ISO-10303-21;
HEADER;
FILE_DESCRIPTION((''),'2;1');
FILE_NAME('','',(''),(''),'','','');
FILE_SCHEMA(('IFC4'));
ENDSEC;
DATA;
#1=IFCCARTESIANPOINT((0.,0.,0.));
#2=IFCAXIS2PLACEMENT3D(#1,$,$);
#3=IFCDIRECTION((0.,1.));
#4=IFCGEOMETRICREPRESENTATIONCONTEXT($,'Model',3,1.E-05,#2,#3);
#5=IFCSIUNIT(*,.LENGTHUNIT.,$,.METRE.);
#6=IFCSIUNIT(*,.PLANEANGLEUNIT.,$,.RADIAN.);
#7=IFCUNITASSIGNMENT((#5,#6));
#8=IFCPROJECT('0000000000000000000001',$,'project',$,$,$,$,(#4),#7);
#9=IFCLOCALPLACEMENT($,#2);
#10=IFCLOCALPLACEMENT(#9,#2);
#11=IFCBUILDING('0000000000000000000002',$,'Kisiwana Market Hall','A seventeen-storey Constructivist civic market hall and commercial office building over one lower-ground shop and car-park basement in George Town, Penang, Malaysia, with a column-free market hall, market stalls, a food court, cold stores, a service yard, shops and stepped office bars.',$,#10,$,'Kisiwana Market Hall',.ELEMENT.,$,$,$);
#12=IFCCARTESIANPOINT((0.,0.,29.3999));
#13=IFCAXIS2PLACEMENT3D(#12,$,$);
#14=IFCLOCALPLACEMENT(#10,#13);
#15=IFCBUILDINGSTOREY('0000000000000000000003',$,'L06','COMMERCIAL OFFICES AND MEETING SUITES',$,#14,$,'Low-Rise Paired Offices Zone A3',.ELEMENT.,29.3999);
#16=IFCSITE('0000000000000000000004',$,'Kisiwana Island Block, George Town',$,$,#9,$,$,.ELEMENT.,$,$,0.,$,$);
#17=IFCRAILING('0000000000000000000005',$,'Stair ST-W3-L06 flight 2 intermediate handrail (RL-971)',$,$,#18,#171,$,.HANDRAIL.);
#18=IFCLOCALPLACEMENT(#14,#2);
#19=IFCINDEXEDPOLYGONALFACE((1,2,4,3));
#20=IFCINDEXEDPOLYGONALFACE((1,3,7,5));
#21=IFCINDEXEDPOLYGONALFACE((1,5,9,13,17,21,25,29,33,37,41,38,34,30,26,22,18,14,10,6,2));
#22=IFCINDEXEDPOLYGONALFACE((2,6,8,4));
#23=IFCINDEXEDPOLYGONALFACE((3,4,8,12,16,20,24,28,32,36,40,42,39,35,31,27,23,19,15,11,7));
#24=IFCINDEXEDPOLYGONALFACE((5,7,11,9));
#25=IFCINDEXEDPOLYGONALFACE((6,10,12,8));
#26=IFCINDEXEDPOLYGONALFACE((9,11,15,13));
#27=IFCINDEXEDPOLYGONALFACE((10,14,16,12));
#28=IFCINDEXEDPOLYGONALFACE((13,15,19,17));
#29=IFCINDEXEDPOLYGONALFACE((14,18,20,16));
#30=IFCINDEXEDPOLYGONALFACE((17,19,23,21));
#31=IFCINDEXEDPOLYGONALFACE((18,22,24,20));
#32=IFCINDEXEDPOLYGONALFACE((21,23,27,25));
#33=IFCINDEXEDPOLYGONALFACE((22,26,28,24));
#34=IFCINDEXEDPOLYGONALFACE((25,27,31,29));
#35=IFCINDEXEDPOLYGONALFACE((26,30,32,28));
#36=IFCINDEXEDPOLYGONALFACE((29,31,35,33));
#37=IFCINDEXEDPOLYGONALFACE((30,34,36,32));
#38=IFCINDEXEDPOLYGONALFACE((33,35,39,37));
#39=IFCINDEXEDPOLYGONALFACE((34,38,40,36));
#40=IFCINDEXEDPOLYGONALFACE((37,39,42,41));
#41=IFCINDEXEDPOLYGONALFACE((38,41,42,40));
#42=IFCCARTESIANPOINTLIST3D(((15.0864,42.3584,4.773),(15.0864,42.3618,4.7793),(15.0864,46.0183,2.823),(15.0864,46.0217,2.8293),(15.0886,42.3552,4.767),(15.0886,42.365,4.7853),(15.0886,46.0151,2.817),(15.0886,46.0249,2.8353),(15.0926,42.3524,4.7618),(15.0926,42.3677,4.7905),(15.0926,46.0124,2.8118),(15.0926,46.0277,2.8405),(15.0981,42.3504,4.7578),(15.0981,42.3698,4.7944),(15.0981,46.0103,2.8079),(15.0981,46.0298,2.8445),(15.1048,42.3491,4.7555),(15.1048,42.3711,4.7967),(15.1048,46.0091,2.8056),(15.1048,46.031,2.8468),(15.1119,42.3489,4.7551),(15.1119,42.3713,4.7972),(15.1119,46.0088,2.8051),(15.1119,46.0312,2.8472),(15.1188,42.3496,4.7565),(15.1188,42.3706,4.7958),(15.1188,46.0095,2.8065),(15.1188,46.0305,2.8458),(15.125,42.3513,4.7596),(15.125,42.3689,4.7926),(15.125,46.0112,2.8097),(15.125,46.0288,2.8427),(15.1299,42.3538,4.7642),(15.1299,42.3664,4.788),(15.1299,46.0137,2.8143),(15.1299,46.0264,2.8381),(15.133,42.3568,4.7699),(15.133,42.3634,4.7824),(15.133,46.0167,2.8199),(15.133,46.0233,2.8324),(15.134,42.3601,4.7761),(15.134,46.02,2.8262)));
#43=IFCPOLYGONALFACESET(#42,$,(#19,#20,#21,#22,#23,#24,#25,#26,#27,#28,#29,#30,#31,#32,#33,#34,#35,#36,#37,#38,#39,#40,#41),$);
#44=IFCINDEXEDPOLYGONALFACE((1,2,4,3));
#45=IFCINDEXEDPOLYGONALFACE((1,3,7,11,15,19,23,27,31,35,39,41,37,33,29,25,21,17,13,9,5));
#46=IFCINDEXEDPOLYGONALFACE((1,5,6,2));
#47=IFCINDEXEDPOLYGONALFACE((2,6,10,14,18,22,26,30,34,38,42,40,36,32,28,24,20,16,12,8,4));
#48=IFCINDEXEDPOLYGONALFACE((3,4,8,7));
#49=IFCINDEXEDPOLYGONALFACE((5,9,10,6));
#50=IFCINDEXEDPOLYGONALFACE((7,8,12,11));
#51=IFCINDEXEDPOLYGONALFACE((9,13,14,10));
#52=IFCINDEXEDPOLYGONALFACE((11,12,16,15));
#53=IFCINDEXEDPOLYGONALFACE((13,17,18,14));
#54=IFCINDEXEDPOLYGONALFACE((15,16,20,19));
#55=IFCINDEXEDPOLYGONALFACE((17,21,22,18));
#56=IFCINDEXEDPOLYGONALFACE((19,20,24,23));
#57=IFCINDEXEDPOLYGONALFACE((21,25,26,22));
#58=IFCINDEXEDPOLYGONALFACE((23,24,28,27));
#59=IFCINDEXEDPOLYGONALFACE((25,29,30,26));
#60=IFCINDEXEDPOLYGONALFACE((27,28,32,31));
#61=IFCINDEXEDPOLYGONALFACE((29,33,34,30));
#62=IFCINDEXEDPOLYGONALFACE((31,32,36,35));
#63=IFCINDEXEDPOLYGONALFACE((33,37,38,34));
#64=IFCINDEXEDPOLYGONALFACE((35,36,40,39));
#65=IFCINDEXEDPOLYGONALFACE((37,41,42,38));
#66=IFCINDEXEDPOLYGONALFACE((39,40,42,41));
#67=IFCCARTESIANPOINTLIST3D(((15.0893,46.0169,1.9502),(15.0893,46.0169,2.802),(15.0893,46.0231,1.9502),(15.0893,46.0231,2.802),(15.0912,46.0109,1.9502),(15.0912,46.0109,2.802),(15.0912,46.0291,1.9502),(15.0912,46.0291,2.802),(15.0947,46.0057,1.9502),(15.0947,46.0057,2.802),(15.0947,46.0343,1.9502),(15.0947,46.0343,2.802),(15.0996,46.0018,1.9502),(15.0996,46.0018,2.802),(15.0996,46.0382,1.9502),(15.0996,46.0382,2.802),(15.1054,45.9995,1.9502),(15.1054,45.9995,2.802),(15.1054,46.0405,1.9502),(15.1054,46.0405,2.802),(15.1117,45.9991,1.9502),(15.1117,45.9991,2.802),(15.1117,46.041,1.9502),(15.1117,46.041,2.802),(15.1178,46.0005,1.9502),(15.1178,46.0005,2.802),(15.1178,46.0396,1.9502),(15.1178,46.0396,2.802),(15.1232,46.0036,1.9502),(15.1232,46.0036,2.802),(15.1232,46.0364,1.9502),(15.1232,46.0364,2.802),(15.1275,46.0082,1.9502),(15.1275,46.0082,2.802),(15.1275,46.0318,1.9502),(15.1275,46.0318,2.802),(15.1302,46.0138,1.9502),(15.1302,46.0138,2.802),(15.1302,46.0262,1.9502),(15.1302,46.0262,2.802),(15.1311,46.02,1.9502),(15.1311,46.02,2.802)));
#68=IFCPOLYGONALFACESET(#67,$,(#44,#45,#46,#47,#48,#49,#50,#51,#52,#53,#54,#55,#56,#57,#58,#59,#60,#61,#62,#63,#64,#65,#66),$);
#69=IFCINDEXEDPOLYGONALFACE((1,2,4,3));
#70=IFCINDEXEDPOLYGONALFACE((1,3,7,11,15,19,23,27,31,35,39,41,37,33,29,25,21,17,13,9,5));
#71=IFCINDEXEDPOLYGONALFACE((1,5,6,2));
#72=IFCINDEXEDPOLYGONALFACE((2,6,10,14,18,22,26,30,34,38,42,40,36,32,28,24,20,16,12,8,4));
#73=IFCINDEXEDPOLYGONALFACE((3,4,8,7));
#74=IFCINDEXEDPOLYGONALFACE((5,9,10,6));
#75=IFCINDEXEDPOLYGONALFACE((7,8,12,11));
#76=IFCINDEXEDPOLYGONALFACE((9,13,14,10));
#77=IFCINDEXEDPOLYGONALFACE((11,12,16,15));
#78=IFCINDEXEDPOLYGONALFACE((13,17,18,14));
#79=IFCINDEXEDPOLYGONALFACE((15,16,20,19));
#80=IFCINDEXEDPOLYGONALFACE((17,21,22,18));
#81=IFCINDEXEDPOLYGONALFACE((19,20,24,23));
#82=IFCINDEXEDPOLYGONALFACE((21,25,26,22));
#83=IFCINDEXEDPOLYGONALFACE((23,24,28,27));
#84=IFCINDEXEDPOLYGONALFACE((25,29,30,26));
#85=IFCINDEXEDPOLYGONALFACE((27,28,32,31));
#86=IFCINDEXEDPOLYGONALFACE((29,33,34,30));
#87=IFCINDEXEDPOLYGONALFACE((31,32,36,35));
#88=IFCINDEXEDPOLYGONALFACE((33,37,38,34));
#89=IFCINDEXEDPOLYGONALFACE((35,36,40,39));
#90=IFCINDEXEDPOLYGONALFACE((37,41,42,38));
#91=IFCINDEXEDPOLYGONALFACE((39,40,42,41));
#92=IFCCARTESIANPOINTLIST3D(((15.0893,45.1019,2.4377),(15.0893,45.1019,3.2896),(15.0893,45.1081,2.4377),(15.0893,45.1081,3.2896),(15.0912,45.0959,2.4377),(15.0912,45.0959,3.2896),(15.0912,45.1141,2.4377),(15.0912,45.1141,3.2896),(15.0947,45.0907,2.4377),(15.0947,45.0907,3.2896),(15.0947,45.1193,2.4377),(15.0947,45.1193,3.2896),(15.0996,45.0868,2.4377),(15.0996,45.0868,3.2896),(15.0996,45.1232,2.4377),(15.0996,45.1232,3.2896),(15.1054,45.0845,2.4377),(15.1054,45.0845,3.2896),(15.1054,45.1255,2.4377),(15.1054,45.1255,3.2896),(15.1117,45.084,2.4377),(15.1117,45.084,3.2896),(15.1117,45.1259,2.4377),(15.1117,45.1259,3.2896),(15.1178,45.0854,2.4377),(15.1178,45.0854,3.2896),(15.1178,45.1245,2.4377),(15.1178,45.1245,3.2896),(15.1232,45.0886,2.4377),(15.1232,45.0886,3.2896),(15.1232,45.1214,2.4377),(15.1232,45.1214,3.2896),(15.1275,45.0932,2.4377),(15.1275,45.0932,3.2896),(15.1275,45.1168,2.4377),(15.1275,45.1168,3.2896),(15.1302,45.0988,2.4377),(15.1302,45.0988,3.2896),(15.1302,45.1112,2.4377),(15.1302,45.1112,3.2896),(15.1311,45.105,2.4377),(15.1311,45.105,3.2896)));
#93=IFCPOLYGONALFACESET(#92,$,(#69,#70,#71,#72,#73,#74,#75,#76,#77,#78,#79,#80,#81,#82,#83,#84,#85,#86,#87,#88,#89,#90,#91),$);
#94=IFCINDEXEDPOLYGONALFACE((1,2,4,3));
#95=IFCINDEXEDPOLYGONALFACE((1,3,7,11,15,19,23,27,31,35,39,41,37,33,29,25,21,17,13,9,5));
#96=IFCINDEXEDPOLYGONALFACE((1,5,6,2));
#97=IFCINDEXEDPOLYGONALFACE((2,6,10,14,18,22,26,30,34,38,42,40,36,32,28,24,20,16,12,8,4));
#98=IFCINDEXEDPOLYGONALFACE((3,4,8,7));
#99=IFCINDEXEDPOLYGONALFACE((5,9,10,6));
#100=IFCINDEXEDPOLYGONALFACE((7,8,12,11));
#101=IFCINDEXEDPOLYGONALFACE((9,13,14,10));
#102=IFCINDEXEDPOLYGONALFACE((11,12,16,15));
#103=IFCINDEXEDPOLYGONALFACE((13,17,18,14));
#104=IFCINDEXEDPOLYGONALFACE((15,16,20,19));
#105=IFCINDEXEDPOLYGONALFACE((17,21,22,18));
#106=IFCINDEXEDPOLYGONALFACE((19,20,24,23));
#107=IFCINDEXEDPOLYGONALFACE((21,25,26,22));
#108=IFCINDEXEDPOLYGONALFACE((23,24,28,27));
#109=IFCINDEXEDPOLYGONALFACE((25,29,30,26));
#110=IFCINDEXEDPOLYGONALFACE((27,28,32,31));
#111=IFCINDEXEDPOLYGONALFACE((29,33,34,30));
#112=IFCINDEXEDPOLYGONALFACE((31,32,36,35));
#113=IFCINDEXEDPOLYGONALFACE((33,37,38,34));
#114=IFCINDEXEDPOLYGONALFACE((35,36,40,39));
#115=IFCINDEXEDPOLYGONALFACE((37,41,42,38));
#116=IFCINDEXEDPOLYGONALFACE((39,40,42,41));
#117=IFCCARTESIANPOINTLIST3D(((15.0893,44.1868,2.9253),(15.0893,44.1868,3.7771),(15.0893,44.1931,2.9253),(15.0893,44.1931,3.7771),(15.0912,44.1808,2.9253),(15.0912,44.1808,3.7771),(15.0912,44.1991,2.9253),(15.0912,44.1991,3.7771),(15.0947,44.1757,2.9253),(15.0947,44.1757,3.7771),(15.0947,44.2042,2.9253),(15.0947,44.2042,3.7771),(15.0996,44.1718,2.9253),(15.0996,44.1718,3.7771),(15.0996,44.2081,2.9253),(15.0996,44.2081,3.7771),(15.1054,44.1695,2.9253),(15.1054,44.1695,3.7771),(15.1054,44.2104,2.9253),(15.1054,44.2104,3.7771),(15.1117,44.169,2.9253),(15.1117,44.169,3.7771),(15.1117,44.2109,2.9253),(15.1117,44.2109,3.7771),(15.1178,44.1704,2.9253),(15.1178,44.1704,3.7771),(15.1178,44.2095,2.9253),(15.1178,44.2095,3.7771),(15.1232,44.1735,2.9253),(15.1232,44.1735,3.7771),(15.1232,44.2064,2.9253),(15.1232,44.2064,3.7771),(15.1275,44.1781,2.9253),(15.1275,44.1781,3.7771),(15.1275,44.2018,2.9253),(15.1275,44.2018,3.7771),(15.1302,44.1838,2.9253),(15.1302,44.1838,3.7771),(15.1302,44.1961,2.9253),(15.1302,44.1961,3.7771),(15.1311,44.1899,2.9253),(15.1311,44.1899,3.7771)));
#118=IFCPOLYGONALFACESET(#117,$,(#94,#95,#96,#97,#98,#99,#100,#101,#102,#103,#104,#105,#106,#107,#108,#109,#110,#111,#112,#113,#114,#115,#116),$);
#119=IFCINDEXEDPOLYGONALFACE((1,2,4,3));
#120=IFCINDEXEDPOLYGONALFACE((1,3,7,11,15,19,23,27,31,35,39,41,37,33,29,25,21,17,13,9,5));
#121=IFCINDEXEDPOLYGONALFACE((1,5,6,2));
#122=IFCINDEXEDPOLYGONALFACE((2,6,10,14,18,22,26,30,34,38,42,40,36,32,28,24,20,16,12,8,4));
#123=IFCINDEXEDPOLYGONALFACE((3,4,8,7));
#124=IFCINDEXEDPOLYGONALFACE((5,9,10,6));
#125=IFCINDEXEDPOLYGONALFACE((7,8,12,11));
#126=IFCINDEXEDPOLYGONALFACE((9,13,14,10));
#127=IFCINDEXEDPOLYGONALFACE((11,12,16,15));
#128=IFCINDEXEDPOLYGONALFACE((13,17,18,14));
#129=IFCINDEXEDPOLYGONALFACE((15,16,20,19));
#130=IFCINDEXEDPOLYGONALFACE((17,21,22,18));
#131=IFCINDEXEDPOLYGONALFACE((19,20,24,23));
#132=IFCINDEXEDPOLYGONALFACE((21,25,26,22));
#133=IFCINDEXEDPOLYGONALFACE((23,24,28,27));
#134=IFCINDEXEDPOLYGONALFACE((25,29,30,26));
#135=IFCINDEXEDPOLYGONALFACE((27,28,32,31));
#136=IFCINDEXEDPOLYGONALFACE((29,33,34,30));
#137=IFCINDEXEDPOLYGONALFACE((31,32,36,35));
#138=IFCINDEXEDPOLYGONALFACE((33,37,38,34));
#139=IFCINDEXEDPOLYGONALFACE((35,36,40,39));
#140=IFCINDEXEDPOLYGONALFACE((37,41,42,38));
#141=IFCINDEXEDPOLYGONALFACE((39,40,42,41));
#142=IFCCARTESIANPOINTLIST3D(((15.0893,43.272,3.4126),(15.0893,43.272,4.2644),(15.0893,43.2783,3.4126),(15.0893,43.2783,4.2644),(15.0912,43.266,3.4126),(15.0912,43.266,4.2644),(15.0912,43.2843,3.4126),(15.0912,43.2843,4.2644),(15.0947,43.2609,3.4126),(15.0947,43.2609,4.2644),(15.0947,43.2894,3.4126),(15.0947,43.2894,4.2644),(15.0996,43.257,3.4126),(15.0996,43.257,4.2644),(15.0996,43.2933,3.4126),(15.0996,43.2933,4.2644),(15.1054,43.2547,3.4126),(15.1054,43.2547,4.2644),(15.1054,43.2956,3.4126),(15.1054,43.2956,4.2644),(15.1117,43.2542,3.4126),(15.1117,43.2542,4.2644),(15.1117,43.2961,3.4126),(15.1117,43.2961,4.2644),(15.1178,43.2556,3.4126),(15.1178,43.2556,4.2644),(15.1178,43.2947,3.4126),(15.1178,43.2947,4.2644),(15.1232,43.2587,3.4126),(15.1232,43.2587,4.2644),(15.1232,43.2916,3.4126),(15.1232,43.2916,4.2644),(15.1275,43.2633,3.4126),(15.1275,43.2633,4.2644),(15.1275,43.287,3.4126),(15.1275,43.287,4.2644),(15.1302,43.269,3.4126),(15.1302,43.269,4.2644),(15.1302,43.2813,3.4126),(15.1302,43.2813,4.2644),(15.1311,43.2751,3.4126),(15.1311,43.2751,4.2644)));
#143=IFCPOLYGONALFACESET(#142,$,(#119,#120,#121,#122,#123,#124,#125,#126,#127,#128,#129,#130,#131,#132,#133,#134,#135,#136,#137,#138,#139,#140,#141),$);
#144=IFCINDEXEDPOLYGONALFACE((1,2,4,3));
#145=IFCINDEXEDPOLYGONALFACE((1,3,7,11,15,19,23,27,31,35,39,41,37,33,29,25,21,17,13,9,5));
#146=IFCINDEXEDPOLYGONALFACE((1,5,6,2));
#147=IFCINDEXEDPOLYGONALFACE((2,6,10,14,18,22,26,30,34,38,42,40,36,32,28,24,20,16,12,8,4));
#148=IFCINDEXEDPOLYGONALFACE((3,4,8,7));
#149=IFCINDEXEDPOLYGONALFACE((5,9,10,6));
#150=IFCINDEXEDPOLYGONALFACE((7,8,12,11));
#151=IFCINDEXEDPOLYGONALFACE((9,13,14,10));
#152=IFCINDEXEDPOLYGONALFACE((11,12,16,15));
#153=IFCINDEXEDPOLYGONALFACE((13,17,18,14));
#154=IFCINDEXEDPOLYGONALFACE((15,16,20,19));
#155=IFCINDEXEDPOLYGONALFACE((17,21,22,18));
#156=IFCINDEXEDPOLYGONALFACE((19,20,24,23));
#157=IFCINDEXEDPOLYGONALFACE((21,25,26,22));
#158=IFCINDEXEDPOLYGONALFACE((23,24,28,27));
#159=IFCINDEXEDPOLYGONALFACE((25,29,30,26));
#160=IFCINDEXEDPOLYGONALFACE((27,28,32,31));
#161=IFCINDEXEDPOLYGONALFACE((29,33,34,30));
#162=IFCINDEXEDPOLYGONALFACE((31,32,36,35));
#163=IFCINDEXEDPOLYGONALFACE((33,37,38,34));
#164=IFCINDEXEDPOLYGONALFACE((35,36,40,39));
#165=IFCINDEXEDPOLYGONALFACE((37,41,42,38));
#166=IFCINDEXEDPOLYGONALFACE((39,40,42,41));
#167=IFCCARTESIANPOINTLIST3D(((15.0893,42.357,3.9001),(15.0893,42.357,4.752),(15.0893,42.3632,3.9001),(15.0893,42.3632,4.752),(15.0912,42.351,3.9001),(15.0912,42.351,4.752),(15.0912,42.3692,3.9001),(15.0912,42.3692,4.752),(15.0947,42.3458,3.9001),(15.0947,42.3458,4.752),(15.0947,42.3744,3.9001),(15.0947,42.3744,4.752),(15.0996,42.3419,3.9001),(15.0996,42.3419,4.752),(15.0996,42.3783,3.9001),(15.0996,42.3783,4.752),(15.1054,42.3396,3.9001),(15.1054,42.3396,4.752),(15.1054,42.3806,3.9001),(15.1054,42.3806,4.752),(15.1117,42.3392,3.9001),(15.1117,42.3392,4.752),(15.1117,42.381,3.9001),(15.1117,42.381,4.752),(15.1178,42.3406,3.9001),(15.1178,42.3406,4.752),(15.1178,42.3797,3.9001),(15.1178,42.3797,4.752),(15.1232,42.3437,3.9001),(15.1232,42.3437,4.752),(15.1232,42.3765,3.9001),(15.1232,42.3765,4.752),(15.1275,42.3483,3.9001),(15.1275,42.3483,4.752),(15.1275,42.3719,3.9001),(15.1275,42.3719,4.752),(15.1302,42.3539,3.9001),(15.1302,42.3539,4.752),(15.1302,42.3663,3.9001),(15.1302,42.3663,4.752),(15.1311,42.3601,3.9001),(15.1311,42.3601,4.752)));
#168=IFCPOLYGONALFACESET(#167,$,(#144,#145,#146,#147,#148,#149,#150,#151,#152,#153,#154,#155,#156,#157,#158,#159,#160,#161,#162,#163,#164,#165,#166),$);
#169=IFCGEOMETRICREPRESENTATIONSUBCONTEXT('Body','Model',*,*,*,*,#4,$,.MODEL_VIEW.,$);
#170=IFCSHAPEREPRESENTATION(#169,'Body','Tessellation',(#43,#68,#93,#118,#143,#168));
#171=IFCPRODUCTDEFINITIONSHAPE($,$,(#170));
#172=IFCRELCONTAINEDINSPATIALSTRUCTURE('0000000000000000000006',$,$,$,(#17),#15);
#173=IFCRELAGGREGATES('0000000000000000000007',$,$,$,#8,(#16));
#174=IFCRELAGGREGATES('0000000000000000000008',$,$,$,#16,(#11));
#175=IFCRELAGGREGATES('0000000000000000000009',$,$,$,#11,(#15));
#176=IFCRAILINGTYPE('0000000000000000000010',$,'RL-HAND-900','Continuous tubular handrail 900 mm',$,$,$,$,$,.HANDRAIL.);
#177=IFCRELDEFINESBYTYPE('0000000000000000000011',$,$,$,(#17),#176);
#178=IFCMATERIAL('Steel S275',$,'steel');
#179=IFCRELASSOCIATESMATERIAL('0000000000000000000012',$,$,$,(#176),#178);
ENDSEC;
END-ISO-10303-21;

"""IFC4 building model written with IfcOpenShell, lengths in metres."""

from ifc_helpers import new_model, si_unit, direction, frame, origin, origin_2d, place, context, subcontext, project, spatial, circle, extrude, material, type_object, element, save


model = new_model("IFC4")

# Units and contexts
model_context = context("Model", 3, precision=1e-05, world=origin(), true_north=direction((0.0, 1.0)))
body_context = subcontext(model_context, "Body", "Model", "MODEL_VIEW")
ifc_project = project(units=[si_unit("LENGTHUNIT", "METRE"), si_unit("PLANEANGLEUNIT", "RADIAN")], contexts=[model_context])

# Site, building, storey
site_placement = place(None, origin())
site = spatial("IfcSite", under=ifc_project, at=site_placement, Name="Kisiwana Island Block, George Town", CompositionType="ELEMENT", RefElevation=0.0)
building_placement = place(site_placement, origin())
building = spatial("IfcBuilding", under=site, at=building_placement, Name="Kisiwana Market Hall", Description="A seventeen-storey Constructivist civic market hall and commercial office building over one lower-ground shop and car-park basement in George Town, Penang, Malaysia, with a column-free market hall, market stalls, a food court, cold stores, a service yard, shops and stepped office bars.", LongName="Kisiwana Market Hall", CompositionType="ELEMENT")
storey_placement = place(building_placement, frame((0.0, 0.0, 29.3999)))
storey = spatial("IfcBuildingStorey", under=building, at=storey_placement, Name="L06", Description="COMMERCIAL OFFICES AND MEETING SUITES", LongName="Low-Rise Paired Offices Zone A3", CompositionType="ELEMENT", Elevation=29.3999)

# Railing
ifc_material_1 = material(Name="Steel S275", Category="steel")
railing_type_1 = type_object("IfcRailingType", Name="RL-HAND-900", Description="Continuous tubular handrail 900 mm", PredefinedType="HANDRAIL", material=ifc_material_1)
for number, where, name in (
    (1, (15.1101, 46.02, 1.9502), "Stair ST-W3-L06 flight 2 intermediate handrail (RL-971)"),
):
    element("IfcRailing", number, at=place(storey_placement, frame(where)), inside=storey, type_object=railing_type_1, Name=name, PredefinedType="HANDRAIL", context=body_context, shape_type="SweptSolid", body=[
        extrude(circle(Radius=0.0239, at=origin_2d()), frame((0.0, 0.0, 0.876), z_axis=(0.0, -0.882553, 0.470212), x_axis=(1.0, 0.0, 0.0)), (0.0, 0.0, 1.0), 4.147),
        extrude(circle(Radius=0.021, at=origin_2d()), origin(), (0.0, 0.0, 1.0), 0.8518),
        extrude(circle(Radius=0.021, at=origin_2d()), frame((0.0, -0.915, 0.4875)), (0.0, 0.0, 1.0), 0.8518),
        extrude(circle(Radius=0.021, at=origin_2d()), frame((0.0, -1.8301, 0.9751)), (0.0, 0.0, 1.0), 0.8518),
        extrude(circle(Radius=0.021, at=origin_2d()), frame((0.0, -2.7449, 1.4624)), (0.0, 0.0, 1.0), 0.8518),
        extrude(circle(Radius=0.021, at=origin_2d()), frame((0.0, -3.6599, 1.95)), (0.0, 0.0, 1.0), 0.8518),
    ])

save(model, "model.ifc")
